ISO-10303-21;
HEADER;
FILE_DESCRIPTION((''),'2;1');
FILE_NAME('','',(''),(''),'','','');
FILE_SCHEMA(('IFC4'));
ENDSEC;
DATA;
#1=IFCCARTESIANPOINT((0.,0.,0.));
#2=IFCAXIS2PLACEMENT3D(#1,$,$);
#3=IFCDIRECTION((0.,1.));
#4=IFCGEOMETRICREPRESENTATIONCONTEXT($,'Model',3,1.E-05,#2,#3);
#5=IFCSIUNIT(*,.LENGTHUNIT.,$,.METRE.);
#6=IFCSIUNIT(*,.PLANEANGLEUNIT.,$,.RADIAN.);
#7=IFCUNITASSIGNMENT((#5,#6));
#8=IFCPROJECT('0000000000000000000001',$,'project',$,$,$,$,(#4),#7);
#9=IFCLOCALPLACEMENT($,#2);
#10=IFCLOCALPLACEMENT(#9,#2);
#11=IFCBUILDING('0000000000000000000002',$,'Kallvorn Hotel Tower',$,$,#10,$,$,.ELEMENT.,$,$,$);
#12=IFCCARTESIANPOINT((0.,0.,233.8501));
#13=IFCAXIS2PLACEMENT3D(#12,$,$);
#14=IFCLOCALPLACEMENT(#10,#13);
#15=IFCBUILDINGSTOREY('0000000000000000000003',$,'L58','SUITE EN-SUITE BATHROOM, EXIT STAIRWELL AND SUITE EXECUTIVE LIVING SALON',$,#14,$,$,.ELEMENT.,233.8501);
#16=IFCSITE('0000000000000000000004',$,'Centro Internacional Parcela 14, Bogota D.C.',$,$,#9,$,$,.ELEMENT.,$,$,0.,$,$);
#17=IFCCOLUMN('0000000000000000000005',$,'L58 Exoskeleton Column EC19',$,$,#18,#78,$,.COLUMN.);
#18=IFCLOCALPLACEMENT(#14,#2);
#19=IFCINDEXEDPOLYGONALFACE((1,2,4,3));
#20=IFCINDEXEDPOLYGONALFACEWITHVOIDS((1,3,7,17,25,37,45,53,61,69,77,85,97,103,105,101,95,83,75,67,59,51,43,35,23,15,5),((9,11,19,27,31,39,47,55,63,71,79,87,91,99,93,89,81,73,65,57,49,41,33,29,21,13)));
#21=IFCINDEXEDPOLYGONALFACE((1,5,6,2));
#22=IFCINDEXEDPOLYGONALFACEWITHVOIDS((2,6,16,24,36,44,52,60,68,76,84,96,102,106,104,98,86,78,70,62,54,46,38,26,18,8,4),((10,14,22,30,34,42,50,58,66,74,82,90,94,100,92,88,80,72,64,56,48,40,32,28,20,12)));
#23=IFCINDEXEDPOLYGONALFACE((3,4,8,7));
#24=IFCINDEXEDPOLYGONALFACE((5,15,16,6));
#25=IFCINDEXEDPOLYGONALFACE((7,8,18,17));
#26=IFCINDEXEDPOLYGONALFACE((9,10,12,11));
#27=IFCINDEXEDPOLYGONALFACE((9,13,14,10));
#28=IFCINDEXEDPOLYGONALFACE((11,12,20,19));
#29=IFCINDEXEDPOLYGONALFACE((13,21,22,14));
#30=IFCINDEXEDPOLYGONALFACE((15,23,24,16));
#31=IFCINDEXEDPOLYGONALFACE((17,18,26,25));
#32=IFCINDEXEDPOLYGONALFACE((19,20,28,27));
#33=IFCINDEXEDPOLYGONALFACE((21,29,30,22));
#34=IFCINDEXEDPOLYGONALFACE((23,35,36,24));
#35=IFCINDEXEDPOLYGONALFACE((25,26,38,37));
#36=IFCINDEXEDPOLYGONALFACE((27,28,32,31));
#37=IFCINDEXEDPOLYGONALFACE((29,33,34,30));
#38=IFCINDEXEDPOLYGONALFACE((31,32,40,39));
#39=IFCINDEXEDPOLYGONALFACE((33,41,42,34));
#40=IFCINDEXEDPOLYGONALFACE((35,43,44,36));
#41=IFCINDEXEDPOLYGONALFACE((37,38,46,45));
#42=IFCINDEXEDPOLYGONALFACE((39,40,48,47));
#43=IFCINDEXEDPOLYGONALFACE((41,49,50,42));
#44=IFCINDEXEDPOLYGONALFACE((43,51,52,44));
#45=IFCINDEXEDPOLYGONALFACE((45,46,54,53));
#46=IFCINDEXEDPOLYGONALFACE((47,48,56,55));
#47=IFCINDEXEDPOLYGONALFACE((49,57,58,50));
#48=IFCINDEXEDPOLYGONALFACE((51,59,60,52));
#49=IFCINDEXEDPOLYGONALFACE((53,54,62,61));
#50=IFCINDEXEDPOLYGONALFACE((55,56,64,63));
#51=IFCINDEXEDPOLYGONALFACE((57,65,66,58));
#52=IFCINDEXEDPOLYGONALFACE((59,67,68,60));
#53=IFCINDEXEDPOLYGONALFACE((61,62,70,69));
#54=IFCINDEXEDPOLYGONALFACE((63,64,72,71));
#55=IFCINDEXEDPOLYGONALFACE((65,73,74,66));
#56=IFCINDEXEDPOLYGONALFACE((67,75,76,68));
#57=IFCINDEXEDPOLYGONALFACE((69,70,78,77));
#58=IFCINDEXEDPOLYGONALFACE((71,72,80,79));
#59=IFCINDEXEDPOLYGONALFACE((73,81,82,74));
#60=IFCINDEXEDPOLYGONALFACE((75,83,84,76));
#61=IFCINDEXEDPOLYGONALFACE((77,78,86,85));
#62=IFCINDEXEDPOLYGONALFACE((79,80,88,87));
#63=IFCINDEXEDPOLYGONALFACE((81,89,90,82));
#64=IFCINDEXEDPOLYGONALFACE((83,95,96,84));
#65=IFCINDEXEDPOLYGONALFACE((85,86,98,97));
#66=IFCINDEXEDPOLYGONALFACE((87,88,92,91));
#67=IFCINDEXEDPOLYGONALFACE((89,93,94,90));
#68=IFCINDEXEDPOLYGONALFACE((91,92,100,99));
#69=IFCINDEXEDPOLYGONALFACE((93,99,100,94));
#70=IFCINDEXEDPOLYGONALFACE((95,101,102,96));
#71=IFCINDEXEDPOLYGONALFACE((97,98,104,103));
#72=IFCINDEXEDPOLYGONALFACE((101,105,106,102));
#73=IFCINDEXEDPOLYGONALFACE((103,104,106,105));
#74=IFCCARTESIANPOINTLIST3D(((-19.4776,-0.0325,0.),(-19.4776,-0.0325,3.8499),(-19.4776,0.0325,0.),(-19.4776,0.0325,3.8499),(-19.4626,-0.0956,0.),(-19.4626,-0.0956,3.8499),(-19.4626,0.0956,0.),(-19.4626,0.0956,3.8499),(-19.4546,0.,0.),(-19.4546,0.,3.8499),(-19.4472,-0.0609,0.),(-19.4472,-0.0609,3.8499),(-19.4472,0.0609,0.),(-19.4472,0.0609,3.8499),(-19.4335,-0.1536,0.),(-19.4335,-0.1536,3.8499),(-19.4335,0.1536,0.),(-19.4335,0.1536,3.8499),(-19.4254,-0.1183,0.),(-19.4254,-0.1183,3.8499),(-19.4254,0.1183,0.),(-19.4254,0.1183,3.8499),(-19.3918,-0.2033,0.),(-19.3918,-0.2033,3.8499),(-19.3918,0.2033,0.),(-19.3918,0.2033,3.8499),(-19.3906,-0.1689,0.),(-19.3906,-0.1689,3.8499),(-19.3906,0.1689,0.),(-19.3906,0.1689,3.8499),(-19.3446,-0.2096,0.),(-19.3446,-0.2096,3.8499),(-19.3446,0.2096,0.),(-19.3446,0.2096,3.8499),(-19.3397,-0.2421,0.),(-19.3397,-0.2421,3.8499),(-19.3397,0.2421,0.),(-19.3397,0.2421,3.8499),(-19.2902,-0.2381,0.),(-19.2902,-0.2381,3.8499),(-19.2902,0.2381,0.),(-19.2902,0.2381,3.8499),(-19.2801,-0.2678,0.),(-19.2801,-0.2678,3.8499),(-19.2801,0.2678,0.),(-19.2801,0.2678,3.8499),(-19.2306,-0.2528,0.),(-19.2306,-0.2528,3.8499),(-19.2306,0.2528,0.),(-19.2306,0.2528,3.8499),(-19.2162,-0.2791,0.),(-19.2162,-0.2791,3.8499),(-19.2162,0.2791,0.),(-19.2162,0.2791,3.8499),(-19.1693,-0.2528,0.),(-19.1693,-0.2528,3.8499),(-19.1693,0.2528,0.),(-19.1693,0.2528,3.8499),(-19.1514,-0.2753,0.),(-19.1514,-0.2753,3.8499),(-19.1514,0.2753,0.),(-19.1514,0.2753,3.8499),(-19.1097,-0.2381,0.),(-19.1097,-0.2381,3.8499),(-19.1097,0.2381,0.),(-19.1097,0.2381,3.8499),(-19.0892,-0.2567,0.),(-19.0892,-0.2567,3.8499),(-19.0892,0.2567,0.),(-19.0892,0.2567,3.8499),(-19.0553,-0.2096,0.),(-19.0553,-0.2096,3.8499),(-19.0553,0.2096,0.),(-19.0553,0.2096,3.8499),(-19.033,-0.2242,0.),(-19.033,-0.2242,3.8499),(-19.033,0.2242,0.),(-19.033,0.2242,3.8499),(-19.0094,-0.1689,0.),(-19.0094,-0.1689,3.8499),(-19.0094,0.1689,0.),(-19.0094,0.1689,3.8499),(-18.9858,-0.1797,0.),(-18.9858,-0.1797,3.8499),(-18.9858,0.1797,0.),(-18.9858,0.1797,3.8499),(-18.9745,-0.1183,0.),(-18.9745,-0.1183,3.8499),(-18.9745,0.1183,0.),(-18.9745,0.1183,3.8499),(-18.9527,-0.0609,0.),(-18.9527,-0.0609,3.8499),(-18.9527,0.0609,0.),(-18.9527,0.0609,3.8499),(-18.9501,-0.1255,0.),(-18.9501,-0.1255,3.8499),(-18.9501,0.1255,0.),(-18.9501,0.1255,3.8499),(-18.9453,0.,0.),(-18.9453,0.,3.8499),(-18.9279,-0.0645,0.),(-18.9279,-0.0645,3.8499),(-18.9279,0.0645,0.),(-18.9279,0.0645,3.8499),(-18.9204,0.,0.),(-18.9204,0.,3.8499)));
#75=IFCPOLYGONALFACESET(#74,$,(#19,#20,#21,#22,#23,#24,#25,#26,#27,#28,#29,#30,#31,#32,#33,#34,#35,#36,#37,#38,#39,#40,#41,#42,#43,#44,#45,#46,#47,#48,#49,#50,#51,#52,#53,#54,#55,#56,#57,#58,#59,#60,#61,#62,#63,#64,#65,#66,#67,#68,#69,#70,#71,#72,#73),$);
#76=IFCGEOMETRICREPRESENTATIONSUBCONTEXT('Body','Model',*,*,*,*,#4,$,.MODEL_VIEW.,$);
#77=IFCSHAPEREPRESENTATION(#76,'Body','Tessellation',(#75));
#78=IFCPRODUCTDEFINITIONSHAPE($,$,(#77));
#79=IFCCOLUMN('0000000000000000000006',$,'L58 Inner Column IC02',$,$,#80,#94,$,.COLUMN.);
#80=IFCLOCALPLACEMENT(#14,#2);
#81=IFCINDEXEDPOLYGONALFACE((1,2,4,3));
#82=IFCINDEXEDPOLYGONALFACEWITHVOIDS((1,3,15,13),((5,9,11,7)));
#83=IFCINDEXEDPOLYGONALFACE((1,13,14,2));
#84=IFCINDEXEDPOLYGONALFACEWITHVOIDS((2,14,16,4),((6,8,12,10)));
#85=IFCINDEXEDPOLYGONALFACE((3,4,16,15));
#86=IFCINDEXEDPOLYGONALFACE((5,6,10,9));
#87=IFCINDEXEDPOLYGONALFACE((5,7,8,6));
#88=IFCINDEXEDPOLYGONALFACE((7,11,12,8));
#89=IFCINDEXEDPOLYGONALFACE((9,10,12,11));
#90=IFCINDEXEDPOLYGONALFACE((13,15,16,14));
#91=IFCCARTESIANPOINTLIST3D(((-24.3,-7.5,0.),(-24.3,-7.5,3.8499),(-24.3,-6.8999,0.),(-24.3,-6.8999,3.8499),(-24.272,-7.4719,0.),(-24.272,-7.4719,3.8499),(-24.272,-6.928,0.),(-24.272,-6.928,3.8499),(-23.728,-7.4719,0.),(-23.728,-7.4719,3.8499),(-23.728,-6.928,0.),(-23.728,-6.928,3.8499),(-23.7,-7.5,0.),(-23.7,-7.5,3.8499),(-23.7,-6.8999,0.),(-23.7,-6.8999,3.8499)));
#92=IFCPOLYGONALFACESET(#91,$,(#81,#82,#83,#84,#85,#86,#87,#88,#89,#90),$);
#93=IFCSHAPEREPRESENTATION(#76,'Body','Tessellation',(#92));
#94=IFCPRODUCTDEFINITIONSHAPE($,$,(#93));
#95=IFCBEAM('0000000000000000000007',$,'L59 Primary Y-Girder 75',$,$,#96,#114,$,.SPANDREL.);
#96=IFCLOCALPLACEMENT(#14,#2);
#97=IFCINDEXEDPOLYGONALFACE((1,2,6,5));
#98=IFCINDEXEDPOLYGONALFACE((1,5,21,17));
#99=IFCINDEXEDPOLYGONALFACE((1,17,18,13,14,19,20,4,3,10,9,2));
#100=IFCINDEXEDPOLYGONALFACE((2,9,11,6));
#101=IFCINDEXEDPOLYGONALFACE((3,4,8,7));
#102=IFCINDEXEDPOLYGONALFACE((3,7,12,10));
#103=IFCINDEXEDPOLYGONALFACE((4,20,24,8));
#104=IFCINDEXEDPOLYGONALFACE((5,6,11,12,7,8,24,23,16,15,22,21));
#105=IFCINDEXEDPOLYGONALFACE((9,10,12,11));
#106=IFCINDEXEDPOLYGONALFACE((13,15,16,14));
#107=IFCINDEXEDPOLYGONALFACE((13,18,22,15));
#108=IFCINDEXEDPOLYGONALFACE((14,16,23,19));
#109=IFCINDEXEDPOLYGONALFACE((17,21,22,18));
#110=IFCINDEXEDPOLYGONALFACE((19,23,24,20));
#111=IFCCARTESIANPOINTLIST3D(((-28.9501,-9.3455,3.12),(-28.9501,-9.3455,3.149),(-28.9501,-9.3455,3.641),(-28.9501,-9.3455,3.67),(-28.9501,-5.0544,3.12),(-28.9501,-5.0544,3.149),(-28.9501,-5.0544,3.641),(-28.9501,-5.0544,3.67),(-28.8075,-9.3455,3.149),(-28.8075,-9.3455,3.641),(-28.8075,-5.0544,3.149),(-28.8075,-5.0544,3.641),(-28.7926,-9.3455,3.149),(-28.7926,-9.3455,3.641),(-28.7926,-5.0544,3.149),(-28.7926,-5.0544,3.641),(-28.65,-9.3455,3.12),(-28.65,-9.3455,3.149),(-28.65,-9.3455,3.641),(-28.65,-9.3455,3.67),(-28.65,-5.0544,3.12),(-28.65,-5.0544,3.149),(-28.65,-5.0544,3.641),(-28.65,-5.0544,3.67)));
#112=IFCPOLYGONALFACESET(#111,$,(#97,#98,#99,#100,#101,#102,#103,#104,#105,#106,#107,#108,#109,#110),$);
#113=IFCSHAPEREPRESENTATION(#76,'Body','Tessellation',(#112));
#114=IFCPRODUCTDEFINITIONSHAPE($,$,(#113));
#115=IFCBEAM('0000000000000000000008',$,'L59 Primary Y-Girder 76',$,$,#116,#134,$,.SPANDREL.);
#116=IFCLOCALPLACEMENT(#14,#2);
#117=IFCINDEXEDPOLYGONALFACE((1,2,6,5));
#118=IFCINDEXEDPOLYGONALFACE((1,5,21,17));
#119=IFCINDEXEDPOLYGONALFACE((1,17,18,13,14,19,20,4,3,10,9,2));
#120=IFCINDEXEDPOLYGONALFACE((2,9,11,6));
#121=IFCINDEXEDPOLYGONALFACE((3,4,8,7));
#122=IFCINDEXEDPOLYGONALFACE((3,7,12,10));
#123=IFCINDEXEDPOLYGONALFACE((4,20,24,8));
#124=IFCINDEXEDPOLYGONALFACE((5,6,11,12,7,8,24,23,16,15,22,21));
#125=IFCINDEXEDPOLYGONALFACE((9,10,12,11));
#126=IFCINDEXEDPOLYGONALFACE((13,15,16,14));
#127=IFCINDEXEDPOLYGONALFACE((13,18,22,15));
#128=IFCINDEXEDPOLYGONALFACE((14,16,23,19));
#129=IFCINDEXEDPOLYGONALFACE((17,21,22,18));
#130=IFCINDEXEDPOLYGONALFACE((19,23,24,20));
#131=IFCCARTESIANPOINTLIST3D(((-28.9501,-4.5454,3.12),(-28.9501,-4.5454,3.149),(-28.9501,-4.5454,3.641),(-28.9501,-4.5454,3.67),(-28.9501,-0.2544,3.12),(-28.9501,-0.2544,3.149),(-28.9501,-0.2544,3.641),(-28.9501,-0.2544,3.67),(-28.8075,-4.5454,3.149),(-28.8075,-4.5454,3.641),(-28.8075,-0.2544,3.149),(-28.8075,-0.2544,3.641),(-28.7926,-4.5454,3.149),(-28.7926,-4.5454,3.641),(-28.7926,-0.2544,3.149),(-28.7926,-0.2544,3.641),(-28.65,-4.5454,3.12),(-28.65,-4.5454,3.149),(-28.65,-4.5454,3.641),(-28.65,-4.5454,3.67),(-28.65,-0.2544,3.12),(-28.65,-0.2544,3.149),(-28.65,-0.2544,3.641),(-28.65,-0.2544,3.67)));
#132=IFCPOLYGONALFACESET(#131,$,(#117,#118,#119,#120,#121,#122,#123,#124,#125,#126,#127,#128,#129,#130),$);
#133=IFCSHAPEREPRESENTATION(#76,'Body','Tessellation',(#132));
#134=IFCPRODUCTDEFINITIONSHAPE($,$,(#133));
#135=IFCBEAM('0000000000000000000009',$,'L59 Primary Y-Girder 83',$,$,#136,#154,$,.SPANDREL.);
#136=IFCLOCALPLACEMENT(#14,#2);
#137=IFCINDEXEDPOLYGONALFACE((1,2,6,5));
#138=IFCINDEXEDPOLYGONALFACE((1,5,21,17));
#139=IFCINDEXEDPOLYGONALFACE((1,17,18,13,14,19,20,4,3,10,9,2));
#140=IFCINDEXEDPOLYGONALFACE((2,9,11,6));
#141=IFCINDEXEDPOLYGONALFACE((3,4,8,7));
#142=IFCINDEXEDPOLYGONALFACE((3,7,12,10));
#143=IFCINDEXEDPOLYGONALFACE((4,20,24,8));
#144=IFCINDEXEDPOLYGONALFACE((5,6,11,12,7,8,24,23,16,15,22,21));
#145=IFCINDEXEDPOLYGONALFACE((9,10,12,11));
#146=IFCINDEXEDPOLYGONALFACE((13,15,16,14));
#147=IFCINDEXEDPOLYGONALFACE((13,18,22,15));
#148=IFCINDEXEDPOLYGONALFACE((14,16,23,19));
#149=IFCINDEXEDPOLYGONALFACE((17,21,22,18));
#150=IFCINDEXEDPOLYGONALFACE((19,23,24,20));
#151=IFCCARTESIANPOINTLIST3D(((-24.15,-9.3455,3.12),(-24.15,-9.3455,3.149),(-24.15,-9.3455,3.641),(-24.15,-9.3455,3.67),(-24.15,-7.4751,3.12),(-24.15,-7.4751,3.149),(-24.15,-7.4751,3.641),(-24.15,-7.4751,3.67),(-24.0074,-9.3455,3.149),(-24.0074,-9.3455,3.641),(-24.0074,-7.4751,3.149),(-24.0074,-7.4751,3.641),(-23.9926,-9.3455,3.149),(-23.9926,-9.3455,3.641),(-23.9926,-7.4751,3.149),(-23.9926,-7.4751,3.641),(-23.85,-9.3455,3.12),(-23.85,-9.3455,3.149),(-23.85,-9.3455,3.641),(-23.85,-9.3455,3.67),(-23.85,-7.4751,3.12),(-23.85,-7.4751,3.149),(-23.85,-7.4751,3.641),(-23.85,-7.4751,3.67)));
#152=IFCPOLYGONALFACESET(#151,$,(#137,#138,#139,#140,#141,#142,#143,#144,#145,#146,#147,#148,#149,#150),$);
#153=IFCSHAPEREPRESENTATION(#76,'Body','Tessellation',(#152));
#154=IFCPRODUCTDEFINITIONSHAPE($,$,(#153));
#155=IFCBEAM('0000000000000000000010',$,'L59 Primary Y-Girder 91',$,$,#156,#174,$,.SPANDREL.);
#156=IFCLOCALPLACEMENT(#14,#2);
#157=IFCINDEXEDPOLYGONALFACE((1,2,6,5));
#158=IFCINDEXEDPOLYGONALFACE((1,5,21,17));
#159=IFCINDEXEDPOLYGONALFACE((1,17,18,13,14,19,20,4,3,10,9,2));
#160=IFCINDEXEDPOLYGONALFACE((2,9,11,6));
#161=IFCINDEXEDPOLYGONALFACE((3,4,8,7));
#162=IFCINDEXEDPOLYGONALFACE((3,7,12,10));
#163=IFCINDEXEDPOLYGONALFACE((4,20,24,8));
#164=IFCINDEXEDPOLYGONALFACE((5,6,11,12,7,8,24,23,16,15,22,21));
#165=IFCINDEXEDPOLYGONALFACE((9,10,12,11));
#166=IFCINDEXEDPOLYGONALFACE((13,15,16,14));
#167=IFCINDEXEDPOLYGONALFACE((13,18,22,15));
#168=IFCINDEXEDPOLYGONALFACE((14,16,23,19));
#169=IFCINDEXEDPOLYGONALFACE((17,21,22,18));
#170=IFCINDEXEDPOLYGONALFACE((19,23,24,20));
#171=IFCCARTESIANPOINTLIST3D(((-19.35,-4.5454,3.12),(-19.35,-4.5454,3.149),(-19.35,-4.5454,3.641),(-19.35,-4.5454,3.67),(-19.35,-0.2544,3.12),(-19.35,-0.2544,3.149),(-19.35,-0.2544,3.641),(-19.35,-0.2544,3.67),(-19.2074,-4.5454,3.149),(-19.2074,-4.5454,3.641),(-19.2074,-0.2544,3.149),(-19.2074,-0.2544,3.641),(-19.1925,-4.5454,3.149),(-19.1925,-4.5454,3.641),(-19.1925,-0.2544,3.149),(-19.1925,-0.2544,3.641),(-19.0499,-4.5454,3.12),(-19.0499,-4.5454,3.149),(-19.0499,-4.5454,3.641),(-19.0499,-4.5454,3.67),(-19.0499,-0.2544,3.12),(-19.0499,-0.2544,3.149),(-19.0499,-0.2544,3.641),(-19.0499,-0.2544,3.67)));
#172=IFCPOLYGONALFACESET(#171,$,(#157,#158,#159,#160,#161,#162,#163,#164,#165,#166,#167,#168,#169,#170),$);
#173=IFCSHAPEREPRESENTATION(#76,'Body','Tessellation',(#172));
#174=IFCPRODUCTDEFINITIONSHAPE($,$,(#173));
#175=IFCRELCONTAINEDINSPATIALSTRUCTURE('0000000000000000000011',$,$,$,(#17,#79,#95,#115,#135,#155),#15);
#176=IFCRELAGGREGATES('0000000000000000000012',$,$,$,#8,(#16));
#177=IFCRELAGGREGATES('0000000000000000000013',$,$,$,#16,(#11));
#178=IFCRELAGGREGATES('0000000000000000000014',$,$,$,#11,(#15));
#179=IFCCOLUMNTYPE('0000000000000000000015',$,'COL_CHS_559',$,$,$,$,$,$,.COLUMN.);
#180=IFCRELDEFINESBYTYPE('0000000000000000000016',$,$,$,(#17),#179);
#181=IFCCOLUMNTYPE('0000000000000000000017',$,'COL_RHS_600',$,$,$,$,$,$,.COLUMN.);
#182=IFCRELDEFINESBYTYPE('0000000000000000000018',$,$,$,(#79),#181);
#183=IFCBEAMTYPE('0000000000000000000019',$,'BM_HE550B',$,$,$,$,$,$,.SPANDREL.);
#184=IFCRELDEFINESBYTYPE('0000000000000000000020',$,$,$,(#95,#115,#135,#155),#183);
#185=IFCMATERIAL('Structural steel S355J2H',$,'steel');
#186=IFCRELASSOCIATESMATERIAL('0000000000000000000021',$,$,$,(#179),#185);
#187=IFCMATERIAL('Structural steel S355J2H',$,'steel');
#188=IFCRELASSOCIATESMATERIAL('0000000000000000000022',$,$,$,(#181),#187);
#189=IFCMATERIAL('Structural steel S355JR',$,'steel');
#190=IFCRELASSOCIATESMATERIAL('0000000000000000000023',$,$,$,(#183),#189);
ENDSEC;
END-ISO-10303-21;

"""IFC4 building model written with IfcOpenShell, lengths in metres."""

from ifc_helpers import new_model, si_unit, direction, frame, origin, origin_2d, place, context, subcontext, project, spatial, hollow_rectangle, hollow_circle, i_section, extrude, material, material_profile, profile_set, type_object, element, save


model = new_model("IFC4")

# Units and contexts
model_context = context("Model", 3, precision=1e-05, world=origin(), true_north=direction((0.0, 1.0)))
body_context = subcontext(model_context, "Body", "Model", "MODEL_VIEW")
ifc_project = project(units=[si_unit("LENGTHUNIT", "METRE"), si_unit("PLANEANGLEUNIT", "RADIAN")], contexts=[model_context])

# Site, building, storey
site_placement = place(None, origin())
site = spatial("IfcSite", under=ifc_project, at=site_placement, Name="Centro Internacional Parcela 14, Bogota D.C.", CompositionType="ELEMENT", RefElevation=0.0)
building_placement = place(site_placement, origin())
building = spatial("IfcBuilding", under=site, at=building_placement, Name="Kallvorn Hotel Tower", CompositionType="ELEMENT")
storey_placement = place(building_placement, frame((0.0, 0.0, 233.8501)))
storey = spatial("IfcBuildingStorey", under=building, at=storey_placement, Name="L58", Description="SUITE EN-SUITE BATHROOM, EXIT STAIRWELL AND SUITE EXECUTIVE LIVING SALON", CompositionType="ELEMENT", Elevation=233.8501)

# Columns
ifc_material_1 = material(Name="Structural steel S355J2H", Category="steel")
ifc_material_profile_1 = material_profile(ifc_material_1, hollow_circle(Radius=0.2795, WallThickness=0.0249, at=origin_2d()), Name="CHS 559x25")
ifc_profile_set_1 = profile_set([ifc_material_profile_1], Name="Structural steel S355J2H")
column_type_1 = type_object("IfcColumnType", Name="COL_CHS_559", PredefinedType="COLUMN", material=ifc_profile_set_1)
for number, where, z_axis, x_axis, name in (
    (1, (-19.2, 0.0, 0.0), (0.0, 0.0, 1.0), (1.0, 0.0, 0.0), "L58 Exoskeleton Column EC19"),
):
    element("IfcColumn", number, at=place(storey_placement, frame(where, z_axis=z_axis, x_axis=x_axis)), inside=storey, type_object=column_type_1, Name=name, PredefinedType="COLUMN", context=body_context, shape_type="SweptSolid", body=[
        extrude(hollow_circle(Radius=0.2795, WallThickness=0.0249, at=origin_2d()), origin(), (0.0, 0.0, 1.0), 3.8499),
    ])
ifc_material_2 = material(Name="Structural steel S355J2H", Category="steel")
ifc_material_profile_2 = material_profile(ifc_material_2, hollow_rectangle(XDim=0.6001, YDim=0.6001, WallThickness=0.0281, at=origin_2d()), Name="RHS 600x600x28")
ifc_profile_set_2 = profile_set([ifc_material_profile_2], Name="Structural steel S355J2H")
column_type_2 = type_object("IfcColumnType", Name="COL_RHS_600", PredefinedType="COLUMN", material=ifc_profile_set_2)
column_placement = place(storey_placement, frame((-24.0, -7.2, 0.0), z_axis=(0.0, 0.0, 1.0), x_axis=(1.0, 0.0, 0.0)))
element("IfcColumn", 2, at=column_placement, inside=storey, type_object=column_type_2, Name="L58 Inner Column IC02", PredefinedType="COLUMN", context=body_context, shape_type="SweptSolid", body=[
    extrude(hollow_rectangle(XDim=0.6001, YDim=0.6001, WallThickness=0.0281, at=origin_2d()), origin(), (0.0, 0.0, 1.0), 3.8499),
])

# Beams
ifc_material_3 = material(Name="Structural steel S355JR", Category="steel")
ifc_material_profile_3 = material_profile(ifc_material_3, i_section(OverallWidth=0.3, OverallDepth=0.55, WebThickness=0.0149, FlangeThickness=0.0291, at=origin_2d()), Name="HE 550 B")
ifc_profile_set_3 = profile_set([ifc_material_profile_3], Name="Structural steel S355JR")
beam_type_1 = type_object("IfcBeamType", Name="BM_HE550B", PredefinedType="SPANDREL", material=ifc_profile_set_3)
for number, where, z_axis, x_axis, name in (
    (3, (-28.8, -9.3455, 3.395), (0.0, 1.0, 0.0), (-1.0, 0.0, 0.0), "L59 Primary Y-Girder 75"),
    (4, (-28.8, -4.5454, 3.395), (0.0, 1.0, 0.0), (-1.0, 0.0, 0.0), "L59 Primary Y-Girder 76"),
):
    element("IfcBeam", number, at=place(storey_placement, frame(where, z_axis=z_axis, x_axis=x_axis)), inside=storey, type_object=beam_type_1, Name=name, PredefinedType="SPANDREL", context=body_context, shape_type="SweptSolid", body=[
        extrude(i_section(OverallWidth=0.3, OverallDepth=0.55, WebThickness=0.0149, FlangeThickness=0.0291, at=origin_2d()), origin(), (0.0, 0.0, 1.0), 4.291),
    ])
beam_1_placement = place(storey_placement, frame((-24.0, -9.3455, 3.395), z_axis=(0.0, 1.0, 0.0), x_axis=(-1.0, 0.0, 0.0)))
element("IfcBeam", 5, at=beam_1_placement, inside=storey, type_object=beam_type_1, Name="L59 Primary Y-Girder 83", PredefinedType="SPANDREL", context=body_context, shape_type="SweptSolid", body=[
    extrude(i_section(OverallWidth=0.3, OverallDepth=0.55, WebThickness=0.0149, FlangeThickness=0.0291, at=origin_2d()), origin(), (0.0, 0.0, 1.0), 1.8704),
])
beam_2_placement = place(storey_placement, frame((-19.2, -4.5454, 3.395), z_axis=(0.0, 1.0, 0.0), x_axis=(-1.0, 0.0, 0.0)))
element("IfcBeam", 6, at=beam_2_placement, inside=storey, type_object=beam_type_1, Name="L59 Primary Y-Girder 91", PredefinedType="SPANDREL", context=body_context, shape_type="SweptSolid", body=[
    extrude(i_section(OverallWidth=0.3, OverallDepth=0.55, WebThickness=0.0149, FlangeThickness=0.0291, at=origin_2d()), origin(), (0.0, 0.0, 1.0), 4.291),
])

save(model, "model.ifc")
